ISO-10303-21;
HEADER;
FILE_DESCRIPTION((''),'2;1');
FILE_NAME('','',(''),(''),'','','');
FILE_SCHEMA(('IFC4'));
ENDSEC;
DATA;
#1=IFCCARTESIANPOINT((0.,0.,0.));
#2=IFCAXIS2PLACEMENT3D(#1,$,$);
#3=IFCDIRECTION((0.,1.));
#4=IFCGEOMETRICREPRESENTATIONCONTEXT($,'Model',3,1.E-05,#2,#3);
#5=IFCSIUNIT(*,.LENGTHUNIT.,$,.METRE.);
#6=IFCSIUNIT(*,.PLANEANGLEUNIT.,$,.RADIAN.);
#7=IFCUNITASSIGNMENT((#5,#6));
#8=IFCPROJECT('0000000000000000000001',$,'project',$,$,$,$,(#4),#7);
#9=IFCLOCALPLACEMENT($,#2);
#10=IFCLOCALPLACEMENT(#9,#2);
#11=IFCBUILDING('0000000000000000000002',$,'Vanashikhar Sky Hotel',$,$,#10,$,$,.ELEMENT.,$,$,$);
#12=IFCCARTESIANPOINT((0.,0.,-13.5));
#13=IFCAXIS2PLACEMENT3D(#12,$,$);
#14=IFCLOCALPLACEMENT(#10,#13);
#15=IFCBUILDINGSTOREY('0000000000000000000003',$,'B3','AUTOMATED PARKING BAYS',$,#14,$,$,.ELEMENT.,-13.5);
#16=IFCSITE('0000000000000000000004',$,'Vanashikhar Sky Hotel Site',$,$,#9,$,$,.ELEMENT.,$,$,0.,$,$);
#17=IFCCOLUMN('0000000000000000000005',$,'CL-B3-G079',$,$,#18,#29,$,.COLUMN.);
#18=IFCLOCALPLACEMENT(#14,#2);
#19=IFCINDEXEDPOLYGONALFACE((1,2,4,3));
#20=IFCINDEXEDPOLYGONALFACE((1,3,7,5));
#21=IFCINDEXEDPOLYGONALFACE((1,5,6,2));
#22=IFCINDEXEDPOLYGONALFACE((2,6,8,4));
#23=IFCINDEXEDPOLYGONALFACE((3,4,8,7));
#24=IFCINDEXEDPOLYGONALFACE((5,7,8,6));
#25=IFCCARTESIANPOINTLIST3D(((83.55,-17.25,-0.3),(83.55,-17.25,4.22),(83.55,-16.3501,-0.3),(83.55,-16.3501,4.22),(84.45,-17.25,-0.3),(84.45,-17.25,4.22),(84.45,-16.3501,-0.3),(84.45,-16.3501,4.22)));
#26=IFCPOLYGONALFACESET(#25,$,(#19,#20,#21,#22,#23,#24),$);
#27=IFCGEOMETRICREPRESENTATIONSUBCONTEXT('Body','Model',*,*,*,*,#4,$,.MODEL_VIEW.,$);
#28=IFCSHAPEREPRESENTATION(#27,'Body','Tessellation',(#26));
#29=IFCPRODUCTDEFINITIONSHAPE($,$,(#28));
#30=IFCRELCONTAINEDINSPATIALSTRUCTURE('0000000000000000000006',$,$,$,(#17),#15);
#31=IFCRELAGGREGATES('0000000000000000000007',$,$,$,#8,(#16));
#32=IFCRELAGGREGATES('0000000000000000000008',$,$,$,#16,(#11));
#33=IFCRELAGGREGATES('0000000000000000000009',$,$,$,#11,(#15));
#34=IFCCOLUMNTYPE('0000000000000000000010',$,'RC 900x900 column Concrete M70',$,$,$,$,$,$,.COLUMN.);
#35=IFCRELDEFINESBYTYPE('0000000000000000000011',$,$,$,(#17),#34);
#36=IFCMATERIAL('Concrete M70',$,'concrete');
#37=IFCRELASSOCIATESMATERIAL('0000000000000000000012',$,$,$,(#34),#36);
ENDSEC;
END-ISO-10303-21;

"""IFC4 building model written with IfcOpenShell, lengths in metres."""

from ifc_helpers import new_model, si_unit, direction, frame, origin, origin_2d, place, context, subcontext, project, spatial, rectangle, extrude, source, transform, mapped, material, material_profile, profile_set, type_object, element, save


model = new_model("IFC4")

# Units and contexts
model_context = context("Model", 3, precision=1e-05, world=origin(), true_north=direction((0.0, 1.0)))
body_context = subcontext(model_context, "Body", "Model", "MODEL_VIEW")
ifc_project = project(units=[si_unit("LENGTHUNIT", "METRE"), si_unit("PLANEANGLEUNIT", "RADIAN")], contexts=[model_context])

# Site, building, storey
site_placement = place(None, origin())
site = spatial("IfcSite", under=ifc_project, at=site_placement, Name="Vanashikhar Sky Hotel Site", CompositionType="ELEMENT", RefElevation=0.0)
building_placement = place(site_placement, origin())
building = spatial("IfcBuilding", under=site, at=building_placement, Name="Vanashikhar Sky Hotel", CompositionType="ELEMENT")
storey_placement = place(building_placement, frame((0.0, 0.0, -13.5)))
storey = spatial("IfcBuildingStorey", under=building, at=storey_placement, Name="B3", Description="AUTOMATED PARKING BAYS", CompositionType="ELEMENT", Elevation=-13.5)

# Column
ifc_material_1 = material(Name="Concrete M70", Category="concrete")
ifc_material_profile = material_profile(ifc_material_1, rectangle(XDim=0.8999, YDim=0.8999, at=origin_2d()))
ifc_profile_set = profile_set([ifc_material_profile], Name="RC 900x900 column Concrete M70")
column_type = type_object("IfcColumnType", Name="RC 900x900 column Concrete M70", PredefinedType="COLUMN", material=ifc_profile_set)
shared_shape_1 = source(origin(), body_context, "Body", "SweptSolid", [
    extrude(rectangle(XDim=0.8999, YDim=0.8999, at=origin_2d()), origin(), (0.0, 0.0, 1.0), 4.52),
])
for number, where, z_axis, x_axis, name in (
    (1, (84.0, -16.8, -0.3), (0.0, 0.0, 1.0), (1.0, 0.0, 0.0), "CL-B3-G079"),
):
    element("IfcColumn", number, at=place(storey_placement, frame(where, z_axis=z_axis, x_axis=x_axis)), inside=storey, type_object=column_type, Name=name, PredefinedType="COLUMN", context=body_context, shape_type="MappedRepresentation", body=[
        mapped(shared_shape_1, transform((0.0, 0.0, 0.0), scale=1.0)),
    ])

save(model, "model.ifc")
